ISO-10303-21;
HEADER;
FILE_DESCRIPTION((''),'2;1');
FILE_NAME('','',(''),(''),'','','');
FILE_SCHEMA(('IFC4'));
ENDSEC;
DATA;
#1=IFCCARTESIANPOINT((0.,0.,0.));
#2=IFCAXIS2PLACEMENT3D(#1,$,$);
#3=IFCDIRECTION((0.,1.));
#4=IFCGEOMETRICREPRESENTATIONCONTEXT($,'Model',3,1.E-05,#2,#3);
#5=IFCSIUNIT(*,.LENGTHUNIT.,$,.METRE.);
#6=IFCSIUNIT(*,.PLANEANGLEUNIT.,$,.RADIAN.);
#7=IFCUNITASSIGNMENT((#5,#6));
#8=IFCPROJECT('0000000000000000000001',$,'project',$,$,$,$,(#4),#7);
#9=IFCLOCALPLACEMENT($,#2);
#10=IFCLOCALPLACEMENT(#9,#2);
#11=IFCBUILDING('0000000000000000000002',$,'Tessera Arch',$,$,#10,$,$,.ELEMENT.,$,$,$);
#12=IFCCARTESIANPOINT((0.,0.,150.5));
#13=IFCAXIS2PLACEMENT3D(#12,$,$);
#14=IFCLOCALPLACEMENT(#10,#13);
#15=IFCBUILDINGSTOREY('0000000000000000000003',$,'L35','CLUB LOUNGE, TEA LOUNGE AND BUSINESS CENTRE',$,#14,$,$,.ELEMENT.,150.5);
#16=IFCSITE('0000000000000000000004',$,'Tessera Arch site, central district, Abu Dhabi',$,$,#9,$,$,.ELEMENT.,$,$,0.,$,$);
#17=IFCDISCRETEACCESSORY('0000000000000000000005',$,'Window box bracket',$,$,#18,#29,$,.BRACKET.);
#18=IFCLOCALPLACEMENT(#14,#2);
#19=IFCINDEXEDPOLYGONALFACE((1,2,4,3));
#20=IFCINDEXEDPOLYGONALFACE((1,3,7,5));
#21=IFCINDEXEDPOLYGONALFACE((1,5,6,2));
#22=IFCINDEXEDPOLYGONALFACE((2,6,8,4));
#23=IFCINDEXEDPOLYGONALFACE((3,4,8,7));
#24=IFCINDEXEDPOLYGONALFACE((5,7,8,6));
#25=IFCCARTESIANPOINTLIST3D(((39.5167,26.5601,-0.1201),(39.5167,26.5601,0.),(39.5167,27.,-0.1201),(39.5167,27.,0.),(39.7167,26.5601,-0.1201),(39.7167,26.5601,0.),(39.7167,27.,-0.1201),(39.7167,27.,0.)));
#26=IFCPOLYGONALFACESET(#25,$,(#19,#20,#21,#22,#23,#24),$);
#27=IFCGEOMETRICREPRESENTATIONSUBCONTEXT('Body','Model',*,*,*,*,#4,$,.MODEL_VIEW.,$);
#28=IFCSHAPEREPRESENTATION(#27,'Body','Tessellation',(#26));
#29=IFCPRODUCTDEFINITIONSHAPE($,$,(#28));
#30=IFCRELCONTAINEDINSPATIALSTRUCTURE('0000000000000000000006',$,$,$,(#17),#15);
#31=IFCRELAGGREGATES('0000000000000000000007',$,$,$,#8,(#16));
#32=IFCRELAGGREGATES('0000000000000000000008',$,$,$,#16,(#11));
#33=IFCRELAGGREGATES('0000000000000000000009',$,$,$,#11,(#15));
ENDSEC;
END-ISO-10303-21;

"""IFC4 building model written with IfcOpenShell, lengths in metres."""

from ifc_helpers import new_model, si_unit, direction, frame, origin, origin_2d, place, context, subcontext, project, spatial, rectangle, extrude, element, save


model = new_model("IFC4")

# Units and contexts
model_context = context("Model", 3, precision=1e-05, world=origin(), true_north=direction((0.0, 1.0)))
body_context = subcontext(model_context, "Body", "Model", "MODEL_VIEW")
ifc_project = project(units=[si_unit("LENGTHUNIT", "METRE"), si_unit("PLANEANGLEUNIT", "RADIAN")], contexts=[model_context])

# Site, building, storey
site_placement = place(None, origin())
site = spatial("IfcSite", under=ifc_project, at=site_placement, Name="Tessera Arch site, central district, Abu Dhabi", CompositionType="ELEMENT", RefElevation=0.0)
building_placement = place(site_placement, origin())
building = spatial("IfcBuilding", under=site, at=building_placement, Name="Tessera Arch", CompositionType="ELEMENT")
storey_placement = place(building_placement, frame((0.0, 0.0, 150.5)))
storey = spatial("IfcBuildingStorey", under=building, at=storey_placement, Name="L35", Description="CLUB LOUNGE, TEA LOUNGE AND BUSINESS CENTRE", CompositionType="ELEMENT", Elevation=150.5)

# Discrete accessory
for number, where, z_axis, x_axis, name in (
    (1, (39.6167, 26.78, -0.1201), (0.0, 0.0, 1.0), (0.0, -1.0, 0.0), "Window box bracket"),
):
    element("IfcDiscreteAccessory", number, at=place(storey_placement, frame(where, z_axis=z_axis, x_axis=x_axis)), inside=storey, Name=name, PredefinedType="BRACKET", context=body_context, shape_type="SweptSolid", body=[
        extrude(rectangle(XDim=0.4399, YDim=0.2, at=origin_2d()), origin(), (0.0, 0.0, 1.0), 0.1201),
    ])

save(model, "model.ifc")
